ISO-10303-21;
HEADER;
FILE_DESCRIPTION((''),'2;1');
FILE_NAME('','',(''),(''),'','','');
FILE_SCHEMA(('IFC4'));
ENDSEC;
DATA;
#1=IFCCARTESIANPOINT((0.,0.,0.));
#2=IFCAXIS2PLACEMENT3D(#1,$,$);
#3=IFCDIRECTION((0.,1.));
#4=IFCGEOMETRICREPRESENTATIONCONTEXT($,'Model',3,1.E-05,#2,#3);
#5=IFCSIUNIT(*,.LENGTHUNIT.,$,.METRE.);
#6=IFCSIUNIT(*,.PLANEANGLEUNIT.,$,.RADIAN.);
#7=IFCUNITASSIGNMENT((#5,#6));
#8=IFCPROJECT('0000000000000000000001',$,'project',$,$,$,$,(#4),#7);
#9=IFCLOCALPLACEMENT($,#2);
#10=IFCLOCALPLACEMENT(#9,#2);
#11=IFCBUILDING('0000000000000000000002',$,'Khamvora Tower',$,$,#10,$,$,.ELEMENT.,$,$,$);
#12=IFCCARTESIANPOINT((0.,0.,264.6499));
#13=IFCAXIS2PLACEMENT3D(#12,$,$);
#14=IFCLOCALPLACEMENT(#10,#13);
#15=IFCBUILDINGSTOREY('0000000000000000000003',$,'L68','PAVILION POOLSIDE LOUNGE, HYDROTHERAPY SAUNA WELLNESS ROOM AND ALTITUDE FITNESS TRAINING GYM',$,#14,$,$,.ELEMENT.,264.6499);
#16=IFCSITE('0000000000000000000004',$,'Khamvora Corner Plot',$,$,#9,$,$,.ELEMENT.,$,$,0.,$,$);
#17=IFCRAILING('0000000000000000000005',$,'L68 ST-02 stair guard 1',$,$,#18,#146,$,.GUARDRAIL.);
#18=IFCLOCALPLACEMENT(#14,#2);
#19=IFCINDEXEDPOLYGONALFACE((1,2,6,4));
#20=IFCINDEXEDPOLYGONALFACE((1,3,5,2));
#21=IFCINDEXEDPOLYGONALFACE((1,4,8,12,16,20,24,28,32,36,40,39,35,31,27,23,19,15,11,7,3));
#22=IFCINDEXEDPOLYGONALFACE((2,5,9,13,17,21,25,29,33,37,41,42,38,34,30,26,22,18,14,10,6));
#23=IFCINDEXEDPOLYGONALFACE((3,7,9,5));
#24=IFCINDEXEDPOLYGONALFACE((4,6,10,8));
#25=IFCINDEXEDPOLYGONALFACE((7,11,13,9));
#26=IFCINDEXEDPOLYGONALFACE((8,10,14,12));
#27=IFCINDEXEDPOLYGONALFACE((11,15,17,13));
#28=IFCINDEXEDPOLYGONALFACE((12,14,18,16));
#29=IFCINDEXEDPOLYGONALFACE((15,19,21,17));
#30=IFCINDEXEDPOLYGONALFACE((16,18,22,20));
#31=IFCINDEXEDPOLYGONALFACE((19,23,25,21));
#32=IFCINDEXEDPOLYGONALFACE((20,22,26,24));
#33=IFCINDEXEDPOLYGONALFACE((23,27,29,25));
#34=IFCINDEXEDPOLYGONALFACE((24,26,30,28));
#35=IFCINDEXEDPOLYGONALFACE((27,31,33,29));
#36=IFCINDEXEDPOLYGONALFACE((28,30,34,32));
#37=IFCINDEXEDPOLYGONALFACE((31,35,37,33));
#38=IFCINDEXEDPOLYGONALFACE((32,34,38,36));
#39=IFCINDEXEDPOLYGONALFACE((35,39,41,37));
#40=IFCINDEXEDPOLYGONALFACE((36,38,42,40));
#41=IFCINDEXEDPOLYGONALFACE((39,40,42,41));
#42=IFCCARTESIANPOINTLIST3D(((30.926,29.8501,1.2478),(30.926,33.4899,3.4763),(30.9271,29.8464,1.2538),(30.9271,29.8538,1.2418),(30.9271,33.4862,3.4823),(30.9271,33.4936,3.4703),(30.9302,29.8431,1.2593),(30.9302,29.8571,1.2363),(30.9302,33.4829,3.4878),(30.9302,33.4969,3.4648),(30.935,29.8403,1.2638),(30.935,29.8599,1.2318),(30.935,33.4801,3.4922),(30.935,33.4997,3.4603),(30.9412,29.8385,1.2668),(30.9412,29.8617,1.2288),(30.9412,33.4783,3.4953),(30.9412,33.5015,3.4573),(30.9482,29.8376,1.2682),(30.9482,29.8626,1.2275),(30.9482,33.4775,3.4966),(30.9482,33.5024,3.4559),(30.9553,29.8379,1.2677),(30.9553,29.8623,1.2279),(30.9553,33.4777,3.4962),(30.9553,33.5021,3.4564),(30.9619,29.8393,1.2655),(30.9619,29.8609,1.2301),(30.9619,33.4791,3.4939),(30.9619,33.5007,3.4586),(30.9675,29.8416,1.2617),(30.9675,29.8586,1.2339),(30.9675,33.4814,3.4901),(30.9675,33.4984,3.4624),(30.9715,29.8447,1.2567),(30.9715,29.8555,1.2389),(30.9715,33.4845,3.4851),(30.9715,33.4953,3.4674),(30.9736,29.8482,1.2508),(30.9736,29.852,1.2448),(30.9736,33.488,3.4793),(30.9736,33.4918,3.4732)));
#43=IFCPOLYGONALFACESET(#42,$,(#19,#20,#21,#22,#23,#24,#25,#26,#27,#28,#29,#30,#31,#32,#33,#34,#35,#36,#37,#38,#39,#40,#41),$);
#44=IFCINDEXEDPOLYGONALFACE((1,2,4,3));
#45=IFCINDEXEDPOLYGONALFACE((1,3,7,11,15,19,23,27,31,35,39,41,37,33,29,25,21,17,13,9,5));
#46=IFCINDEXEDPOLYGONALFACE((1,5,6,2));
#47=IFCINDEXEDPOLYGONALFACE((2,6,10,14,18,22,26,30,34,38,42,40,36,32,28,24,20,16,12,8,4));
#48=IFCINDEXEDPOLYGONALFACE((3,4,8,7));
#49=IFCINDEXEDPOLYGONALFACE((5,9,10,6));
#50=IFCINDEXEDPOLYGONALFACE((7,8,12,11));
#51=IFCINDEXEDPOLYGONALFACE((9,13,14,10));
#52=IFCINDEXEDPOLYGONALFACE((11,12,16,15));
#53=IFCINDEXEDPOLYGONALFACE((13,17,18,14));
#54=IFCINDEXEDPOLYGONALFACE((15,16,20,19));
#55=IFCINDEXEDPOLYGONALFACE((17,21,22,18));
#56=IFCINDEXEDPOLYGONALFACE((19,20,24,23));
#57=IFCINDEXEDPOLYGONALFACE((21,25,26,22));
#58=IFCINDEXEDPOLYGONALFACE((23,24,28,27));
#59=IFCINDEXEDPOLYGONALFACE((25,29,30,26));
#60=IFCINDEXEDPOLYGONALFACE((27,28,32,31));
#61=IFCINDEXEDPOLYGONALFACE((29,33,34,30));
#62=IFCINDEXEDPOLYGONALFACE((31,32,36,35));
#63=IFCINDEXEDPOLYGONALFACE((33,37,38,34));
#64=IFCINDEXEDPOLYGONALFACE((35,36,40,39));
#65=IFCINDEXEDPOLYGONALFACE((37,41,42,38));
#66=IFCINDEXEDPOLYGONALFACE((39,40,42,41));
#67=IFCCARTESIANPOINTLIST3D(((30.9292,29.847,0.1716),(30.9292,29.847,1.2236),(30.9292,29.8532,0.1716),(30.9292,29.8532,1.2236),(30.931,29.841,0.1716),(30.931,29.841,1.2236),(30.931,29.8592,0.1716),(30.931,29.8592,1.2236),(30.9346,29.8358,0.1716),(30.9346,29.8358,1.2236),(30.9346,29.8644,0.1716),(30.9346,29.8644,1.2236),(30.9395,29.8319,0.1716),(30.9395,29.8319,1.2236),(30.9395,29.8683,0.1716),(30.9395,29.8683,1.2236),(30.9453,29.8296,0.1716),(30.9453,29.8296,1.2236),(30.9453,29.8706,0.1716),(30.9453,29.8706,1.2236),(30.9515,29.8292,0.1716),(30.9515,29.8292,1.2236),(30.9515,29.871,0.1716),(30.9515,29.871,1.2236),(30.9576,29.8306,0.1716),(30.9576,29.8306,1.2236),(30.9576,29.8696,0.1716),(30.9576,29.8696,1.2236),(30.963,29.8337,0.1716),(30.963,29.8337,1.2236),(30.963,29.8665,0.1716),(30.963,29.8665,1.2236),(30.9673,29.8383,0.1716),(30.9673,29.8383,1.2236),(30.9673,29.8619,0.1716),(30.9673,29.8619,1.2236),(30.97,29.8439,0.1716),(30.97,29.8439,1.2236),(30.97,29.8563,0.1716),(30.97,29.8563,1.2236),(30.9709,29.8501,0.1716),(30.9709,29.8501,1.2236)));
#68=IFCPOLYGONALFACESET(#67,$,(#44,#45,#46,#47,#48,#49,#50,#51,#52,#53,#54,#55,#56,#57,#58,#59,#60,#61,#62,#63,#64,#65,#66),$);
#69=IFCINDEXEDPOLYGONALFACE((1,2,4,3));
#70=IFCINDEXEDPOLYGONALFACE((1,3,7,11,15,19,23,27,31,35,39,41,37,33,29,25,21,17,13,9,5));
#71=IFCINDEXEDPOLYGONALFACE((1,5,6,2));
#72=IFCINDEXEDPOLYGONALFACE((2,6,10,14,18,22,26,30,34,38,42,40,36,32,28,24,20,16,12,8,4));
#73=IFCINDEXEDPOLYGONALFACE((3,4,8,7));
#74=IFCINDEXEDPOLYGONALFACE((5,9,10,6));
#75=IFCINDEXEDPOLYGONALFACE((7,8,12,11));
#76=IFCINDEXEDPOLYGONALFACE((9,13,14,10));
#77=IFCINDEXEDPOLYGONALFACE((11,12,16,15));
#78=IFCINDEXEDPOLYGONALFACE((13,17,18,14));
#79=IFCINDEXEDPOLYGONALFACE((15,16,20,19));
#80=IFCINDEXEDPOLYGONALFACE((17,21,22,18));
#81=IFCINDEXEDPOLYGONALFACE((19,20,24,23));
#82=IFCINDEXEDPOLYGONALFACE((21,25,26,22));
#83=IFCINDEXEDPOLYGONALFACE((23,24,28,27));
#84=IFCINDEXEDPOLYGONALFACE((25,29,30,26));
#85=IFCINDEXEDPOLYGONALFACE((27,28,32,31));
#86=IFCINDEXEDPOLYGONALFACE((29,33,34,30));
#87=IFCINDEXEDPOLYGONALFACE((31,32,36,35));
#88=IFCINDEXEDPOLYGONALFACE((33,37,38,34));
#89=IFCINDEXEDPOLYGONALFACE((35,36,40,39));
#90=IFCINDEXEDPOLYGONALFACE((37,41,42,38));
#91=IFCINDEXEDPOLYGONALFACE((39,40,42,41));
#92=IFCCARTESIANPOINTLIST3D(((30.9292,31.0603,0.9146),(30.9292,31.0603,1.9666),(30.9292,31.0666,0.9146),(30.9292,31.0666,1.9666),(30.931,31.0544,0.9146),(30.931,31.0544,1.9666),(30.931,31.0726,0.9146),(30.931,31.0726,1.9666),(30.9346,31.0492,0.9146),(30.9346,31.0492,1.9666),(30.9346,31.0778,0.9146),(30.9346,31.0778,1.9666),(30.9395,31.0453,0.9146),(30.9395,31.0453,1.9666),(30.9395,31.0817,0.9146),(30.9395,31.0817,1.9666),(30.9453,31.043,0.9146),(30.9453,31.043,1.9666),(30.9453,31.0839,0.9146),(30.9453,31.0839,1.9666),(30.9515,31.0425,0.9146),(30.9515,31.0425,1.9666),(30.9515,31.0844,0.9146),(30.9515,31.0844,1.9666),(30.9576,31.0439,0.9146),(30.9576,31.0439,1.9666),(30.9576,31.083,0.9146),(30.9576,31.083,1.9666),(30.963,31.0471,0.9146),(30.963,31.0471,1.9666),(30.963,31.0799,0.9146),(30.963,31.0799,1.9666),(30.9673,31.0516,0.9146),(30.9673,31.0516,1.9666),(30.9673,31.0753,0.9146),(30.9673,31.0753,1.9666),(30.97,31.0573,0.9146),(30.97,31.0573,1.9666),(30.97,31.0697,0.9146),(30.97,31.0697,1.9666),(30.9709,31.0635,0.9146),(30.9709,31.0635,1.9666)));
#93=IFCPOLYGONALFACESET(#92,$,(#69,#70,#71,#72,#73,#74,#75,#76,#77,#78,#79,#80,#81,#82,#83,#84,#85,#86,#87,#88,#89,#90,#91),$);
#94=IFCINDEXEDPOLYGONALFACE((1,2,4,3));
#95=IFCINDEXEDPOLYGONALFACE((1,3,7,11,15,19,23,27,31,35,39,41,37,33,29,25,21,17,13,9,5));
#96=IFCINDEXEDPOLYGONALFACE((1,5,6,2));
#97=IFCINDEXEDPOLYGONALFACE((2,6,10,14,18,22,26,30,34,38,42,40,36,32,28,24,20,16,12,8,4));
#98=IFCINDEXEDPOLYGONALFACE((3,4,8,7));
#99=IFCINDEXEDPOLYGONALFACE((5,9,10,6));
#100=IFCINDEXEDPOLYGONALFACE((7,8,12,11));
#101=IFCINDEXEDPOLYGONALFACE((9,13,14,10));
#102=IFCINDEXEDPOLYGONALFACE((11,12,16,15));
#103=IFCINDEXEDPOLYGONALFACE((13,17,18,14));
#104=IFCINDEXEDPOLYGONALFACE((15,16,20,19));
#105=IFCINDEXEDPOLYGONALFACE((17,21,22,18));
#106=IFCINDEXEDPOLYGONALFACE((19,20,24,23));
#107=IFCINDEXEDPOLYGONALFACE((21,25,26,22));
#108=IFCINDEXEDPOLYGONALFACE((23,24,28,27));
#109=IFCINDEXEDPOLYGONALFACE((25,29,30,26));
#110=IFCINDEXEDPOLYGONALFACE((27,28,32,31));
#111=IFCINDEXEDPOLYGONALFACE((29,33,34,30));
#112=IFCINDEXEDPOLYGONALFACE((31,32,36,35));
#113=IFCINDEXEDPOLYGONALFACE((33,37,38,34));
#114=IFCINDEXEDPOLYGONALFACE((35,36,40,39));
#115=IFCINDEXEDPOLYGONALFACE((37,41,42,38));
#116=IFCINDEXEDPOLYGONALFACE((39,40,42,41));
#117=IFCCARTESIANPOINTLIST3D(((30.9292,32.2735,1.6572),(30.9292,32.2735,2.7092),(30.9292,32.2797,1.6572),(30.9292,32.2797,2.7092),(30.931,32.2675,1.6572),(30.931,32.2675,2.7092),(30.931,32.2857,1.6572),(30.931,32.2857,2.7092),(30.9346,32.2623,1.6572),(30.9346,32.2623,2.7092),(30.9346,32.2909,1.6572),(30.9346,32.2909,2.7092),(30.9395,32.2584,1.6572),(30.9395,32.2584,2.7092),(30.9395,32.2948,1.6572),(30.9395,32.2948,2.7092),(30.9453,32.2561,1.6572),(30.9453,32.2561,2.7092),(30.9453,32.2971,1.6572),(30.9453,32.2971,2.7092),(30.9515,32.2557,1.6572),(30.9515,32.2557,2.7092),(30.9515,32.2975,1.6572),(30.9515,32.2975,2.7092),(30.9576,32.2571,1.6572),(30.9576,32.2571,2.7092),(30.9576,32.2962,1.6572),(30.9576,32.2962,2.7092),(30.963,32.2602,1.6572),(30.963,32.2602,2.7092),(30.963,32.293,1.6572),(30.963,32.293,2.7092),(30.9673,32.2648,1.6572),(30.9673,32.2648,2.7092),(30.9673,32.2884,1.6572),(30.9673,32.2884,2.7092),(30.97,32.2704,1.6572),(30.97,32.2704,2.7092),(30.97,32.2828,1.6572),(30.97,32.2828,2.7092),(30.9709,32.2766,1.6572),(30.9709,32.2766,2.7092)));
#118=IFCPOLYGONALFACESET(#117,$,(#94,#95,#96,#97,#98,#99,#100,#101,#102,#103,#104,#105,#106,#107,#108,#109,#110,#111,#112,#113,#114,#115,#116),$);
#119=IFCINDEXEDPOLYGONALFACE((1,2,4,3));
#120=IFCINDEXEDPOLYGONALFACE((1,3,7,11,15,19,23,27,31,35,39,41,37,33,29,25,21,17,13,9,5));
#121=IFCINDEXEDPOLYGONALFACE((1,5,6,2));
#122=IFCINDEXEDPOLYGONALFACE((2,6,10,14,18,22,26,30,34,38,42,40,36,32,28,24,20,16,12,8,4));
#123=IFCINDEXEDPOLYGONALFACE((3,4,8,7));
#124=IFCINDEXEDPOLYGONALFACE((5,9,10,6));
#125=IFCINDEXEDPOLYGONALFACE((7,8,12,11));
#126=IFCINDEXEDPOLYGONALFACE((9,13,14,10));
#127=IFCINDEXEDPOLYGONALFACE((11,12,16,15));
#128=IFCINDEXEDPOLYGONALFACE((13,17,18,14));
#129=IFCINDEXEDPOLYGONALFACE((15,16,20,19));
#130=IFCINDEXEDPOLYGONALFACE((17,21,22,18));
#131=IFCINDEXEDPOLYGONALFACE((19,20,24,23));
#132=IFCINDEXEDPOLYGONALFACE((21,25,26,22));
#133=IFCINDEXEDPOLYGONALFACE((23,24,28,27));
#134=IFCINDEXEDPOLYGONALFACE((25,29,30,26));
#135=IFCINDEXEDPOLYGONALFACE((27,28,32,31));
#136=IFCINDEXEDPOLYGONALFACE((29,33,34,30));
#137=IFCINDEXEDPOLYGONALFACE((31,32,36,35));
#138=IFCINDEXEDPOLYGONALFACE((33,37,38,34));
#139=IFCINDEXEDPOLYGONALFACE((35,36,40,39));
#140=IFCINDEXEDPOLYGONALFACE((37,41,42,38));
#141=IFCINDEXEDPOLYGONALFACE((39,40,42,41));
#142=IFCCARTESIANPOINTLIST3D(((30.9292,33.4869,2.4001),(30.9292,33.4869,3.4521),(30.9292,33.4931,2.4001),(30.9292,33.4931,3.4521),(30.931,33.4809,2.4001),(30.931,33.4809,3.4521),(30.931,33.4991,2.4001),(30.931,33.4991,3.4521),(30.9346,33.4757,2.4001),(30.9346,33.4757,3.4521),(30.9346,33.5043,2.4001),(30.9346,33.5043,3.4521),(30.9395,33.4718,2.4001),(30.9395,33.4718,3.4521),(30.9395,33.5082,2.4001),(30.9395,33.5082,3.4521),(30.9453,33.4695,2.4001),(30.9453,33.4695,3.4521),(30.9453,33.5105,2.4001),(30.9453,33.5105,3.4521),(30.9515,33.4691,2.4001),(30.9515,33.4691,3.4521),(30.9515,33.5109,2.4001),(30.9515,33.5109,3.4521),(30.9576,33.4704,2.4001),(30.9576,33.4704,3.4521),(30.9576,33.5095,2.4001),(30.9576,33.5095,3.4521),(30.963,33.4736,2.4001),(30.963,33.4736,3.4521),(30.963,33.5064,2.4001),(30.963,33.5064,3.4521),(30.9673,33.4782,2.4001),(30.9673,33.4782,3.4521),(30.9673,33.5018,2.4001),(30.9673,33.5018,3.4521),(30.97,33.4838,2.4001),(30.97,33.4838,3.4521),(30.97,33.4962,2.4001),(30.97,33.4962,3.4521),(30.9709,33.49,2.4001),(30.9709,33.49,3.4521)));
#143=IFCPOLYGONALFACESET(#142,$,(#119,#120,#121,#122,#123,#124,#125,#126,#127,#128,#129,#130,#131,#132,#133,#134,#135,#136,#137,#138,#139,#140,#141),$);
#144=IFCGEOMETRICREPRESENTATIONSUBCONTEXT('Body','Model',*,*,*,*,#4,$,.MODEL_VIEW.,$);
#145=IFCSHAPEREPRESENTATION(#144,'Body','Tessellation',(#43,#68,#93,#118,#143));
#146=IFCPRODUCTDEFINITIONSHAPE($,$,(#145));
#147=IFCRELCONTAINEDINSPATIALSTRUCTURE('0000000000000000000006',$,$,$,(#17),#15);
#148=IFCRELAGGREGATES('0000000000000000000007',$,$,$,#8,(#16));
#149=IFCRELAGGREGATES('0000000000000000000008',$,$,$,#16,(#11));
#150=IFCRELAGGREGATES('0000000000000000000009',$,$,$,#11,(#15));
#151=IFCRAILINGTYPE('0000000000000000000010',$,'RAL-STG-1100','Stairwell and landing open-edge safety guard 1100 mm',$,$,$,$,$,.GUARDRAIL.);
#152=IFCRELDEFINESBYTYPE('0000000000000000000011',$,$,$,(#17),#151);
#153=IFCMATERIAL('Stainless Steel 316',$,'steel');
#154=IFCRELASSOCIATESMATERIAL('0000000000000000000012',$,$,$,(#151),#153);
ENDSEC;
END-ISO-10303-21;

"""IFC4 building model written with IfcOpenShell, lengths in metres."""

from ifc_helpers import new_model, si_unit, direction, frame, origin, origin_2d, place, context, subcontext, project, spatial, circle, extrude, material, type_object, element, save


model = new_model("IFC4")

# Units and contexts
model_context = context("Model", 3, precision=1e-05, world=origin(), true_north=direction((0.0, 1.0)))
body_context = subcontext(model_context, "Body", "Model", "MODEL_VIEW")
ifc_project = project(units=[si_unit("LENGTHUNIT", "METRE"), si_unit("PLANEANGLEUNIT", "RADIAN")], contexts=[model_context])

# Site, building, storey
site_placement = place(None, origin())
site = spatial("IfcSite", under=ifc_project, at=site_placement, Name="Khamvora Corner Plot", CompositionType="ELEMENT", RefElevation=0.0)
building_placement = place(site_placement, origin())
building = spatial("IfcBuilding", under=site, at=building_placement, Name="Khamvora Tower", CompositionType="ELEMENT")
storey_placement = place(building_placement, frame((0.0, 0.0, 264.6499)))
storey = spatial("IfcBuildingStorey", under=building, at=storey_placement, Name="L68", Description="PAVILION POOLSIDE LOUNGE, HYDROTHERAPY SAUNA WELLNESS ROOM AND ALTITUDE FITNESS TRAINING GYM", CompositionType="ELEMENT", Elevation=264.6499)

# Railing
ifc_material_1 = material(Name="Stainless Steel 316", Category="steel")
railing_type_1 = type_object("IfcRailingType", Name="RAL-STG-1100", Description="Stairwell and landing open-edge safety guard 1100 mm", PredefinedType="GUARDRAIL", material=ifc_material_1)
railing_1_placement = place(storey_placement, frame((30.95, 29.8501, 0.1716)))
element("IfcRailing", 1, at=railing_1_placement, inside=storey, type_object=railing_type_1, Name="L68 ST-02 stair guard 1", PredefinedType="GUARDRAIL", context=body_context, shape_type="SweptSolid", body=[
    extrude(circle(Radius=0.0239, at=origin_2d()), frame((0.0, 0.0, 1.0762), z_axis=(0.0, 0.85285, 0.522156), x_axis=(-1.0, 0.0, 0.0)), (0.0, 0.0, 1.0), 4.2678),
    extrude(circle(Radius=0.021, at=origin_2d()), origin(), (0.0, 0.0, 1.0), 1.052),
    extrude(circle(Radius=0.021, at=origin_2d()), frame((0.0, 1.2134, 0.7429)), (0.0, 0.0, 1.0), 1.052),
    extrude(circle(Radius=0.021, at=origin_2d()), frame((0.0, 2.4265, 1.4856)), (0.0, 0.0, 1.0), 1.052),
    extrude(circle(Radius=0.021, at=origin_2d()), frame((0.0, 3.6399, 2.2285)), (0.0, 0.0, 1.0), 1.052),
])

save(model, "model.ifc")
